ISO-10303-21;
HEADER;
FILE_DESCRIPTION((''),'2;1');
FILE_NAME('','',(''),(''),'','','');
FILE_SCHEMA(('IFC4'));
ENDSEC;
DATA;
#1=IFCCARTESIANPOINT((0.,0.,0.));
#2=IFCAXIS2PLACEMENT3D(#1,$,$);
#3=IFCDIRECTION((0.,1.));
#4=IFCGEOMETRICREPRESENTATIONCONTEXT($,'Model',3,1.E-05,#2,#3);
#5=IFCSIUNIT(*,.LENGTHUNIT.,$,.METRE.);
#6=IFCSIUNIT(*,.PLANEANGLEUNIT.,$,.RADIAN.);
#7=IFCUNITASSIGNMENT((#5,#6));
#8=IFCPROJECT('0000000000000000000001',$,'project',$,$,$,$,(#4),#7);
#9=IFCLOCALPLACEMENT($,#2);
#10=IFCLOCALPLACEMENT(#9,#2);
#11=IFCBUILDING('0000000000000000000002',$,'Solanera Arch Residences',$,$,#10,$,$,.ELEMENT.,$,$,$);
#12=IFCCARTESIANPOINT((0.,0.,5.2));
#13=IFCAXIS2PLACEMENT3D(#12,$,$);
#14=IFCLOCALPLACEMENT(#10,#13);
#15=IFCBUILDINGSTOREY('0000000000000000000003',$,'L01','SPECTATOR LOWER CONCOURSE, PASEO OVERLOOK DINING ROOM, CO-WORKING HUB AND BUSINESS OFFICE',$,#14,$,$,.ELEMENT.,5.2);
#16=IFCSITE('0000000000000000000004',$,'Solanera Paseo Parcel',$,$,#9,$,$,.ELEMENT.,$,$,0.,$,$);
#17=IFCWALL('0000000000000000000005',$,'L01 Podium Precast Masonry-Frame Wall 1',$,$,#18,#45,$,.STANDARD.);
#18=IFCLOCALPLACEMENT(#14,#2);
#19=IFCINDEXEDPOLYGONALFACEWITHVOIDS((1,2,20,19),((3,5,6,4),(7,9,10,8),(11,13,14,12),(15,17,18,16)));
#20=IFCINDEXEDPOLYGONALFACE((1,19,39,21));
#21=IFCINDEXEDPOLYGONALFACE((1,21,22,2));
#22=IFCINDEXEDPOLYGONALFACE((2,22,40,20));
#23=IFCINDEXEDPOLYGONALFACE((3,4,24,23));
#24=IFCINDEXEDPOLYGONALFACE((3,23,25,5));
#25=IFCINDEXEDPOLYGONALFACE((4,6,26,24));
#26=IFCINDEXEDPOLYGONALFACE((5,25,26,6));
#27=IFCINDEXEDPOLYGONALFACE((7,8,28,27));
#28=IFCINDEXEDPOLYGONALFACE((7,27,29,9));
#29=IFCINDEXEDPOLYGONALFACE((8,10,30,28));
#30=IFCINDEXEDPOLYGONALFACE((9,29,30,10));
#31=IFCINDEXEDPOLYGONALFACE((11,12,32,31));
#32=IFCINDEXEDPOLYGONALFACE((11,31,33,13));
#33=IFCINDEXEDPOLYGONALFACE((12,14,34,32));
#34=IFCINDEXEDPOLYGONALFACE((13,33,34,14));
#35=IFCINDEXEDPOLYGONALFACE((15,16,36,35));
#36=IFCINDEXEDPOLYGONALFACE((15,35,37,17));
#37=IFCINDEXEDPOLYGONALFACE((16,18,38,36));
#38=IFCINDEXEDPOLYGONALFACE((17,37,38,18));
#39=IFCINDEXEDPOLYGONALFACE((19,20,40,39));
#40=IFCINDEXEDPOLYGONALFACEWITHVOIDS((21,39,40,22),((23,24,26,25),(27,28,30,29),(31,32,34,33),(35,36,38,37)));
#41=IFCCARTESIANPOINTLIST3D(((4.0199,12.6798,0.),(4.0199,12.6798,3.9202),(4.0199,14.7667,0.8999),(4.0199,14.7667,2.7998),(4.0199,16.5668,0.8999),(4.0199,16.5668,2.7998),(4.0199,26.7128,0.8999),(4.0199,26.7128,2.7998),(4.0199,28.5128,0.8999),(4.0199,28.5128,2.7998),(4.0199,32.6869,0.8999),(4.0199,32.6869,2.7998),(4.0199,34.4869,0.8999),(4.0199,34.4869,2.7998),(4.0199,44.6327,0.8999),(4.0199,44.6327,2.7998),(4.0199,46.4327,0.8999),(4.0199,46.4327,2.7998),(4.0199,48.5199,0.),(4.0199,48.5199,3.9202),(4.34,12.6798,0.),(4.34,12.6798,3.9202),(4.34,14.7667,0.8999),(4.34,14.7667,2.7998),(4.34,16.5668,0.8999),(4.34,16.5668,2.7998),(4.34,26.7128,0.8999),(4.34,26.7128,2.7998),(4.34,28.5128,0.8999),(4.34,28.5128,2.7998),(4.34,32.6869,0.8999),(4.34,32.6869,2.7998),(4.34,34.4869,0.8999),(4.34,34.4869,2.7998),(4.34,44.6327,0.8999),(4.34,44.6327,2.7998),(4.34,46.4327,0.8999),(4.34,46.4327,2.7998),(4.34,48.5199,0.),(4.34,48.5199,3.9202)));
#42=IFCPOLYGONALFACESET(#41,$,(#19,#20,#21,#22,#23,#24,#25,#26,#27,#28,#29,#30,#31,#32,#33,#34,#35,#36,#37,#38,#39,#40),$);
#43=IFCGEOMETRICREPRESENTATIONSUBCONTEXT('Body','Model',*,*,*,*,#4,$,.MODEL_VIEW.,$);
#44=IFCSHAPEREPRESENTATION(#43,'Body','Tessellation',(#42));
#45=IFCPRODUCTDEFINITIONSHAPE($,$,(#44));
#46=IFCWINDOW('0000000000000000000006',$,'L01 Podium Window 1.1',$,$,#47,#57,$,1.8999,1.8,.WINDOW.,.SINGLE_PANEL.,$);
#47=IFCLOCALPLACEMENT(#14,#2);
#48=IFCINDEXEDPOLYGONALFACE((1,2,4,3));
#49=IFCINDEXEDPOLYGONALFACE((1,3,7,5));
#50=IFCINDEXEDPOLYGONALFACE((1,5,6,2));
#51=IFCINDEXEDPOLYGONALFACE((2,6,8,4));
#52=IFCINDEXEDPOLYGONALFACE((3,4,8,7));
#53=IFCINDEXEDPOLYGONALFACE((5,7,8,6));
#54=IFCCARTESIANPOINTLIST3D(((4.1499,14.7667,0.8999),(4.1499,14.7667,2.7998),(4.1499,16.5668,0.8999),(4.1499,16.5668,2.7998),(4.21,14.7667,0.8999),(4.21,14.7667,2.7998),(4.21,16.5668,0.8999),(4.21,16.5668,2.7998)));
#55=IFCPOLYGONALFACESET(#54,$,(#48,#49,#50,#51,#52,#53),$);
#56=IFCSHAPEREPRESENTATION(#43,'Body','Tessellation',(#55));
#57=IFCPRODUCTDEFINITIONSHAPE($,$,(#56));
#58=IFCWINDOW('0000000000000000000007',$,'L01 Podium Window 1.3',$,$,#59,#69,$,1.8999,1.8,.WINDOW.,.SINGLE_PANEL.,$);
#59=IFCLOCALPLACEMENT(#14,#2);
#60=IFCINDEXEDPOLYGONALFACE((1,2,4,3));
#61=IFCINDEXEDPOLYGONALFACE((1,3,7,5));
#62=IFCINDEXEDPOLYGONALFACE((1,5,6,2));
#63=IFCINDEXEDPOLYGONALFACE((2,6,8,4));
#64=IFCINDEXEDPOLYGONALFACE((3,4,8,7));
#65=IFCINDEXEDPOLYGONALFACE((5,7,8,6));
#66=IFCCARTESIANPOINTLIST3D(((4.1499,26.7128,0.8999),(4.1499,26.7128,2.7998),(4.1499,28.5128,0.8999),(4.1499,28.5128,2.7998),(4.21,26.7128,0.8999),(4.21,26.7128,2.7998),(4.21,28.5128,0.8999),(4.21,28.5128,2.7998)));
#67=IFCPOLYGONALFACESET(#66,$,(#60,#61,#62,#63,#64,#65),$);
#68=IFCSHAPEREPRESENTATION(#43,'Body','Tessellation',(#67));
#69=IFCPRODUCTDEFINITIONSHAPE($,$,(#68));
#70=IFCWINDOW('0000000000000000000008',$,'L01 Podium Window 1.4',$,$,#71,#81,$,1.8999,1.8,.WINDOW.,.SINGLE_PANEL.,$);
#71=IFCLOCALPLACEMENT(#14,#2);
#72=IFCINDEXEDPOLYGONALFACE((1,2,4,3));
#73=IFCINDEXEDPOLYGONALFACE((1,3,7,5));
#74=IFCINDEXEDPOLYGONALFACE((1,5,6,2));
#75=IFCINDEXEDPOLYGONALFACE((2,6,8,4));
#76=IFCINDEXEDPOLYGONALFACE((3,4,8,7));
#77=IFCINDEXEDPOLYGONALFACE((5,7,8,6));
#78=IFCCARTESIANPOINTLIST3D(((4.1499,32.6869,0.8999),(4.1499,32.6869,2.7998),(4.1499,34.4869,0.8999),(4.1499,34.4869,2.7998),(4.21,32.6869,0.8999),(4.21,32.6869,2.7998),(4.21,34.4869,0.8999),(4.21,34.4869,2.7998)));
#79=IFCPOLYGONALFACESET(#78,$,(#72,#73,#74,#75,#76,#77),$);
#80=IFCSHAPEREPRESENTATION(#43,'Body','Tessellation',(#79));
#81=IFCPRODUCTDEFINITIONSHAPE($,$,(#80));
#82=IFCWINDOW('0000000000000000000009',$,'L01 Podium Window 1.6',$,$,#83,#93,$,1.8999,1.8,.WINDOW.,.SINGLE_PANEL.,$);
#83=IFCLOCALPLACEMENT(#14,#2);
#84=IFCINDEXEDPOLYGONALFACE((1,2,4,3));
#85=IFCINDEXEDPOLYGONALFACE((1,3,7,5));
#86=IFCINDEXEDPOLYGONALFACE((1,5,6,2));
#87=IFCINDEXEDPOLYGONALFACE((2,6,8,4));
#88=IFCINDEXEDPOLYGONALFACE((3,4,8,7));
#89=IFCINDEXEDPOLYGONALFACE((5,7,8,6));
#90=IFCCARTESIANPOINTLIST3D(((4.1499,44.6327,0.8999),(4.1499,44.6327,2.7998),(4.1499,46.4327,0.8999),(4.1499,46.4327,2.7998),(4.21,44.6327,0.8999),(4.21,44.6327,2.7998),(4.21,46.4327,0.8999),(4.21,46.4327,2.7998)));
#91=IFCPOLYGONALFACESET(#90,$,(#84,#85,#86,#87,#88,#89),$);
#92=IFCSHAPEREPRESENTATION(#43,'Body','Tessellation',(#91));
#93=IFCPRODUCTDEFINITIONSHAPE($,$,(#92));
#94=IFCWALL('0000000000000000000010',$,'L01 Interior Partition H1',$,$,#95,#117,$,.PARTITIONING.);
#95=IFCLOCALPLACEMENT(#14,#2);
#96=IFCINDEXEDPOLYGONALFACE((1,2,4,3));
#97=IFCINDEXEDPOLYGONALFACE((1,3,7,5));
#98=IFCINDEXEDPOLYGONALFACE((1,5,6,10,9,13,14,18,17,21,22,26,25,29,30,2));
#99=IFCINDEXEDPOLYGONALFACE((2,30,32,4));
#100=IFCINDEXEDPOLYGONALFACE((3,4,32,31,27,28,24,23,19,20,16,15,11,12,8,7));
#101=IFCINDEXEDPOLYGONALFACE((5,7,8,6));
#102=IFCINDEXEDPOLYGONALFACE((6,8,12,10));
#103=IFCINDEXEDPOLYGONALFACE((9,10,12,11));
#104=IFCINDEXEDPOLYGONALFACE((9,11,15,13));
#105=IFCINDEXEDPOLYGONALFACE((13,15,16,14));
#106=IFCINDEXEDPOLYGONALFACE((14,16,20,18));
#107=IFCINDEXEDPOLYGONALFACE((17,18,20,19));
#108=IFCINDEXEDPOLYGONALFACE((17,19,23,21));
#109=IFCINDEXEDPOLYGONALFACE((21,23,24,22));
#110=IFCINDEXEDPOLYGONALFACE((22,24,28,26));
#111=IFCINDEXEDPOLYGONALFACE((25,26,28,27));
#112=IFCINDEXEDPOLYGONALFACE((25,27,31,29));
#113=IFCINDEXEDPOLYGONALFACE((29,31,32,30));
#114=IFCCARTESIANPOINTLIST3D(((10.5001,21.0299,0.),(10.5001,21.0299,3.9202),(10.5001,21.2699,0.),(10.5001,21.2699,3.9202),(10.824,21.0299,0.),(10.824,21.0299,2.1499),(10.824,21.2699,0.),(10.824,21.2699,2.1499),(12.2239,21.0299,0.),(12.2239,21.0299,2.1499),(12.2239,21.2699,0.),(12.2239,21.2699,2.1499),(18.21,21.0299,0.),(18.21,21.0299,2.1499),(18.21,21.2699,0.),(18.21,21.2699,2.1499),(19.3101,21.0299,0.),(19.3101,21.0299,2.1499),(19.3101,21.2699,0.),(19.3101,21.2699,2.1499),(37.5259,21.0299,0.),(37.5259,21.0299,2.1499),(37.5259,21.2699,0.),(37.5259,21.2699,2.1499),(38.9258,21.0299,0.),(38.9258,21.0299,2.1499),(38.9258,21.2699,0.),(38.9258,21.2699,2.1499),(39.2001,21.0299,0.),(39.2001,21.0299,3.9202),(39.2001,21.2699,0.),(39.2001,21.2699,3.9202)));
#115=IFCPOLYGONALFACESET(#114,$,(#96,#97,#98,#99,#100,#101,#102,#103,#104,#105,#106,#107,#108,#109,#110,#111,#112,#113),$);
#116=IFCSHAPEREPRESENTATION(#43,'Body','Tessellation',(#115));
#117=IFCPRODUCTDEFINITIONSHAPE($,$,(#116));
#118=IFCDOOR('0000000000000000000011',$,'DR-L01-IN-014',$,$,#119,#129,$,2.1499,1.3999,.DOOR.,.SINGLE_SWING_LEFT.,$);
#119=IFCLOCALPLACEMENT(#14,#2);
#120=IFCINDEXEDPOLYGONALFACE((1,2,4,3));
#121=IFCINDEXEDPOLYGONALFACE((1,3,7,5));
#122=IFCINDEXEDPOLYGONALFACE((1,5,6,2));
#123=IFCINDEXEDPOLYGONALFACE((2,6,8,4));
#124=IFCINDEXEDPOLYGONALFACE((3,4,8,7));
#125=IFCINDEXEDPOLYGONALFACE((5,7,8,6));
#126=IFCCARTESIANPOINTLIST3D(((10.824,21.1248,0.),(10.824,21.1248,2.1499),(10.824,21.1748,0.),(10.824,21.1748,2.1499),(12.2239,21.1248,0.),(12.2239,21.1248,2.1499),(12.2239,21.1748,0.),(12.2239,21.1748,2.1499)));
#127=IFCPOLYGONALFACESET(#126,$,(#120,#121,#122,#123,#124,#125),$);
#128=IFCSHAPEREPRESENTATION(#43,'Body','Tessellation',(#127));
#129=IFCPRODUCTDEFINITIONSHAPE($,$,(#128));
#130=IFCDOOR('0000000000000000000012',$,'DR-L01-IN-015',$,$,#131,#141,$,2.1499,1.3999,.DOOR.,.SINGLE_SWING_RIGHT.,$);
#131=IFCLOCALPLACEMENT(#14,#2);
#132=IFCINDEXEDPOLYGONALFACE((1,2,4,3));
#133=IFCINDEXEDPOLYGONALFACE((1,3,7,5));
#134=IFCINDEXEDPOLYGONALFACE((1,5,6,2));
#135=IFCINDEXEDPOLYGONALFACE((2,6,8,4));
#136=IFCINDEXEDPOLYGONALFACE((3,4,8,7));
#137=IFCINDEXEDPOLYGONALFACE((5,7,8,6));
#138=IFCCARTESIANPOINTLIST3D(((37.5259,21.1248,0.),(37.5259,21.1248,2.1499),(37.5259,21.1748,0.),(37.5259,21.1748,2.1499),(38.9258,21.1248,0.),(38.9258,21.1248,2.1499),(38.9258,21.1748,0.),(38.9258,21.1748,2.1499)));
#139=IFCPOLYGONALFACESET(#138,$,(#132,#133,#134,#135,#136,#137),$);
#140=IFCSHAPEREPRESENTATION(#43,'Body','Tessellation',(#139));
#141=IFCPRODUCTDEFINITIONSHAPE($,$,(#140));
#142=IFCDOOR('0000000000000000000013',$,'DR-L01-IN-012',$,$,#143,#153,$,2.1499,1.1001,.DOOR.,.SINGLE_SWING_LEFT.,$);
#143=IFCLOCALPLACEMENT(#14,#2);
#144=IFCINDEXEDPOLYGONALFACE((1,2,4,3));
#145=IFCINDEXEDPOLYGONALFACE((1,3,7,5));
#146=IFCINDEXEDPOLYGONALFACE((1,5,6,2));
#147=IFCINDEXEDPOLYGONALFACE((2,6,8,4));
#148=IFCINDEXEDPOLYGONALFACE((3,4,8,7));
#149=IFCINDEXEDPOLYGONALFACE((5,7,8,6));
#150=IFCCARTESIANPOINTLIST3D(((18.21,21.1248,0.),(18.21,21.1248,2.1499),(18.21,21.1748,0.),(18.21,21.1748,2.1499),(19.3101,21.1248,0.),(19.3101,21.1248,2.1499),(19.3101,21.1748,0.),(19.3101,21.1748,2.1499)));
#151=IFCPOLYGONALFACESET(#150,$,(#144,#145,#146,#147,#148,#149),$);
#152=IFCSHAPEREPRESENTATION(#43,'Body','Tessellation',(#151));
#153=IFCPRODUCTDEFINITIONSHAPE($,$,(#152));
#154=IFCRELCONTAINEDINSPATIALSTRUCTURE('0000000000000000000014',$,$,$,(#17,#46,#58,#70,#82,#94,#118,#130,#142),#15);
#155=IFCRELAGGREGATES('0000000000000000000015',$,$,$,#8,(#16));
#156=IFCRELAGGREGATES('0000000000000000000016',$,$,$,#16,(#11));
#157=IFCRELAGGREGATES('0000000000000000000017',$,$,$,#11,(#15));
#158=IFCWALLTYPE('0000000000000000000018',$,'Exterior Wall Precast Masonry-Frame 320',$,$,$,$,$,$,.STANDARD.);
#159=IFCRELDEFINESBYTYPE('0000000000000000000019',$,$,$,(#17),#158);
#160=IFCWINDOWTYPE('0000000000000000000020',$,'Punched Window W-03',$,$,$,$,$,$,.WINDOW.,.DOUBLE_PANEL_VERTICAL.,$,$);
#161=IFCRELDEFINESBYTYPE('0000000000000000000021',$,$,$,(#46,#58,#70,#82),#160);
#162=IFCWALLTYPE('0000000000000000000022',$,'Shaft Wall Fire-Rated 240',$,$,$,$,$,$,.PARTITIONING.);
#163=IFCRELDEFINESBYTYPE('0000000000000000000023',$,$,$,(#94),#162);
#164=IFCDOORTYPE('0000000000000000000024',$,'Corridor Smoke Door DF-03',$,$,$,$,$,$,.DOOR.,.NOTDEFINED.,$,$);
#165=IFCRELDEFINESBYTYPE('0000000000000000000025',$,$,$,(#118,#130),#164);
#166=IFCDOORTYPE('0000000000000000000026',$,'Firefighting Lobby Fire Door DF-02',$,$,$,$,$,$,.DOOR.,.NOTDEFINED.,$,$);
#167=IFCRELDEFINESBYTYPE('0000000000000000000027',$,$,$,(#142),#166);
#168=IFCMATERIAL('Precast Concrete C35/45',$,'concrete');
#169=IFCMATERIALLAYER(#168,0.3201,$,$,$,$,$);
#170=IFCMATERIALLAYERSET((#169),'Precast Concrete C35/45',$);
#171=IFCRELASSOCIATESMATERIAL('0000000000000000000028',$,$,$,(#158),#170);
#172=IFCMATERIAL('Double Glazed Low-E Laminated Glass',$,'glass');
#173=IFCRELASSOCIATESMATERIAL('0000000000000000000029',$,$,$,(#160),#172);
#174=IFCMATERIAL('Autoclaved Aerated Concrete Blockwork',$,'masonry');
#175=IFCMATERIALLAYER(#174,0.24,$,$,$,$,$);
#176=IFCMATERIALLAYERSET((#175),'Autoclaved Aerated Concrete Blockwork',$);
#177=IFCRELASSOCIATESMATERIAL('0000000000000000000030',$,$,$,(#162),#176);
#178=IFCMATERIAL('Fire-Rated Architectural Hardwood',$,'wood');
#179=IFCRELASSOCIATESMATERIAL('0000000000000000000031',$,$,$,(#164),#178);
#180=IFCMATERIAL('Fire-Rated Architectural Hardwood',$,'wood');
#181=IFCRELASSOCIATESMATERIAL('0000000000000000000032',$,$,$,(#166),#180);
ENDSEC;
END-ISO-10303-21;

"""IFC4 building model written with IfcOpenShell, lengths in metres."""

from ifc_helpers import new_model, si_unit, direction, frame, frame_2d, origin, place, context, subcontext, project, spatial, rectangle, extrude, material, layer, layer_set, type_object, element, fill, save


model = new_model("IFC4")

# Units and contexts
model_context = context("Model", 3, precision=1e-05, world=origin(), true_north=direction((0.0, 1.0)))
body_context = subcontext(model_context, "Body", "Model", "MODEL_VIEW")
ifc_project = project(units=[si_unit("LENGTHUNIT", "METRE"), si_unit("PLANEANGLEUNIT", "RADIAN")], contexts=[model_context])

# Site, building, storey
site_placement = place(None, origin())
site = spatial("IfcSite", under=ifc_project, at=site_placement, Name="Solanera Paseo Parcel", CompositionType="ELEMENT", RefElevation=0.0)
building_placement = place(site_placement, origin())
building = spatial("IfcBuilding", under=site, at=building_placement, Name="Solanera Arch Residences", CompositionType="ELEMENT")
storey_placement = place(building_placement, frame((0.0, 0.0, 5.2)))
storey = spatial("IfcBuildingStorey", under=building, at=storey_placement, Name="L01", Description="SPECTATOR LOWER CONCOURSE, PASEO OVERLOOK DINING ROOM, CO-WORKING HUB AND BUSINESS OFFICE", CompositionType="ELEMENT", Elevation=5.2)

# Wall, openings, windows
ifc_material_1 = material(Name="Precast Concrete C35/45", Category="concrete")
ifc_layer_1 = layer(ifc_material_1, 0.3201)
ifc_layer_set_1 = layer_set([ifc_layer_1], Name="Precast Concrete C35/45")
wall_type_1 = type_object("IfcWallType", Name="Exterior Wall Precast Masonry-Frame 320", PredefinedType="STANDARD", material=ifc_layer_set_1)
wall_1_placement = place(storey_placement, frame((4.1799, 12.6799, 0.0), z_axis=(0.0, 0.0, 1.0), x_axis=(0.0, 1.0, 0.0)))
wall_1 = element("IfcWall", 1, at=wall_1_placement, inside=storey, type_object=wall_type_1, Name="L01 Podium Precast Masonry-Frame Wall 1", PredefinedType="STANDARD", context=body_context, shape_type="SweptSolid", body=[
    extrude(rectangle(XDim=35.8401, YDim=0.3201, at=frame_2d((17.9199, 0.0))), origin(), (0.0, 0.0, 1.0), 3.9202),
])
opening_1_placement = place(wall_1_placement, frame((2.0869, 0.0, 0.8999)))
opening_1 = element("IfcOpeningElement", 2, at=opening_1_placement, cuts=wall_1, PredefinedType="OPENING", context=body_context, shape_type="SweptSolid", body=[
    extrude(rectangle(XDim=1.8, YDim=1.8999, at=frame_2d((0.8999, 0.95))), frame((0.0, 0.1699, 0.0), z_axis=(0.0, -1.0, 0.0), x_axis=(1.0, 0.0, 0.0)), (0.0, 0.0, 1.0), 0.3401),
])
opening_2_placement = place(wall_1_placement, frame((14.033, 0.0, 0.8999)))
opening_2 = element("IfcOpeningElement", 3, at=opening_2_placement, cuts=wall_1, PredefinedType="OPENING", context=body_context, shape_type="SweptSolid", body=[
    extrude(rectangle(XDim=1.8, YDim=1.8999, at=frame_2d((0.8999, 0.95))), frame((0.0, 0.1699, 0.0), z_axis=(0.0, -1.0, 0.0), x_axis=(1.0, 0.0, 0.0)), (0.0, 0.0, 1.0), 0.3401),
])
opening_3_placement = place(wall_1_placement, frame((20.0071, 0.0, 0.8999)))
opening_3 = element("IfcOpeningElement", 4, at=opening_3_placement, cuts=wall_1, PredefinedType="OPENING", context=body_context, shape_type="SweptSolid", body=[
    extrude(rectangle(XDim=1.8, YDim=1.8999, at=frame_2d((0.8999, 0.95))), frame((0.0, 0.1699, 0.0), z_axis=(0.0, -1.0, 0.0), x_axis=(1.0, 0.0, 0.0)), (0.0, 0.0, 1.0), 0.3401),
])
opening_4_placement = place(wall_1_placement, frame((31.9529, 0.0, 0.8999)))
opening_4 = element("IfcOpeningElement", 5, at=opening_4_placement, cuts=wall_1, PredefinedType="OPENING", context=body_context, shape_type="SweptSolid", body=[
    extrude(rectangle(XDim=1.8, YDim=1.8999, at=frame_2d((0.8999, 0.95))), frame((0.0, 0.1699, 0.0), z_axis=(0.0, -1.0, 0.0), x_axis=(1.0, 0.0, 0.0)), (0.0, 0.0, 1.0), 0.3401),
])
ifc_material_2 = material(Name="Double Glazed Low-E Laminated Glass", Category="glass")
window_type = type_object("IfcWindowType", Name="Punched Window W-03", PartitioningType="DOUBLE_PANEL_VERTICAL", PredefinedType="WINDOW", material=ifc_material_2)
window_1_placement = place(opening_1_placement, origin())
window_1 = element("IfcWindow", 6, at=window_1_placement, inside=storey, type_object=window_type, Name="L01 Podium Window 1.1", OverallHeight=1.8999, OverallWidth=1.8, PartitioningType="SINGLE_PANEL", PredefinedType="WINDOW", context=body_context, shape_type="SweptSolid", body=[
    extrude(rectangle(XDim=1.8, YDim=1.8999, at=frame_2d((0.8999, 0.95))), frame((0.0, 0.03, 0.0), z_axis=(0.0, -1.0, 0.0), x_axis=(1.0, 0.0, 0.0)), (0.0, 0.0, 1.0), 0.0601),
])
fill(opening_1, window_1)
window_2_placement = place(opening_2_placement, origin())
window_2 = element("IfcWindow", 7, at=window_2_placement, inside=storey, type_object=window_type, Name="L01 Podium Window 1.3", OverallHeight=1.8999, OverallWidth=1.8, PartitioningType="SINGLE_PANEL", PredefinedType="WINDOW", context=body_context, shape_type="SweptSolid", body=[
    extrude(rectangle(XDim=1.8, YDim=1.8999, at=frame_2d((0.8999, 0.95))), frame((0.0, 0.03, 0.0), z_axis=(0.0, -1.0, 0.0), x_axis=(1.0, 0.0, 0.0)), (0.0, 0.0, 1.0), 0.0601),
])
fill(opening_2, window_2)
window_3_placement = place(opening_3_placement, origin())
window_3 = element("IfcWindow", 8, at=window_3_placement, inside=storey, type_object=window_type, Name="L01 Podium Window 1.4", OverallHeight=1.8999, OverallWidth=1.8, PartitioningType="SINGLE_PANEL", PredefinedType="WINDOW", context=body_context, shape_type="SweptSolid", body=[
    extrude(rectangle(XDim=1.8, YDim=1.8999, at=frame_2d((0.8999, 0.95))), frame((0.0, 0.03, 0.0), z_axis=(0.0, -1.0, 0.0), x_axis=(1.0, 0.0, 0.0)), (0.0, 0.0, 1.0), 0.0601),
])
fill(opening_3, window_3)
window_4_placement = place(opening_4_placement, origin())
window_4 = element("IfcWindow", 9, at=window_4_placement, inside=storey, type_object=window_type, Name="L01 Podium Window 1.6", OverallHeight=1.8999, OverallWidth=1.8, PartitioningType="SINGLE_PANEL", PredefinedType="WINDOW", context=body_context, shape_type="SweptSolid", body=[
    extrude(rectangle(XDim=1.8, YDim=1.8999, at=frame_2d((0.8999, 0.95))), frame((0.0, 0.03, 0.0), z_axis=(0.0, -1.0, 0.0), x_axis=(1.0, 0.0, 0.0)), (0.0, 0.0, 1.0), 0.0601),
])
fill(opening_4, window_4)

# Wall, openings, doors
ifc_material_3 = material(Name="Autoclaved Aerated Concrete Blockwork", Category="masonry")
ifc_layer_2 = layer(ifc_material_3, 0.24)
ifc_layer_set_2 = layer_set([ifc_layer_2], Name="Autoclaved Aerated Concrete Blockwork")
wall_type_2 = type_object("IfcWallType", Name="Shaft Wall Fire-Rated 240", PredefinedType="PARTITIONING", material=ifc_layer_set_2)
wall_2_placement = place(storey_placement, frame((10.5, 21.1499, 0.0), z_axis=(0.0, 0.0, 1.0), x_axis=(1.0, 0.0, 0.0)))
wall_2 = element("IfcWall", 10, at=wall_2_placement, inside=storey, type_object=wall_type_2, Name="L01 Interior Partition H1", PredefinedType="PARTITIONING", context=body_context, shape_type="SweptSolid", body=[
    extrude(rectangle(XDim=28.7, YDim=0.24, at=frame_2d((14.3501, 0.0))), origin(), (0.0, 0.0, 1.0), 3.9202),
])
opening_5_placement = place(wall_2_placement, frame((7.71, 0.0, 0.0)))
opening_5 = element("IfcOpeningElement", 11, at=opening_5_placement, cuts=wall_2, PredefinedType="OPENING", context=body_context, shape_type="SweptSolid", body=[
    extrude(rectangle(XDim=1.1001, YDim=2.1499, at=frame_2d((0.55, 1.075))), frame((0.0, 0.1299, 0.0), z_axis=(0.0, -1.0, 0.0), x_axis=(1.0, 0.0, 0.0)), (0.0, 0.0, 1.0), 0.26),
])
opening_6_placement = place(wall_2_placement, frame((0.324, 0.0, 0.0)))
opening_6 = element("IfcOpeningElement", 12, at=opening_6_placement, cuts=wall_2, PredefinedType="OPENING", context=body_context, shape_type="SweptSolid", body=[
    extrude(rectangle(XDim=1.3999, YDim=2.1499, at=frame_2d((0.7, 1.075))), frame((0.0, 0.1299, 0.0), z_axis=(0.0, -1.0, 0.0), x_axis=(1.0, 0.0, 0.0)), (0.0, 0.0, 1.0), 0.26),
])
opening_7_placement = place(wall_2_placement, frame((27.0259, 0.0, 0.0)))
opening_7 = element("IfcOpeningElement", 13, at=opening_7_placement, cuts=wall_2, PredefinedType="OPENING", context=body_context, shape_type="SweptSolid", body=[
    extrude(rectangle(XDim=1.3999, YDim=2.1499, at=frame_2d((0.7, 1.075))), frame((0.0, 0.1299, 0.0), z_axis=(0.0, -1.0, 0.0), x_axis=(1.0, 0.0, 0.0)), (0.0, 0.0, 1.0), 0.26),
])
ifc_material_4 = material(Name="Fire-Rated Architectural Hardwood", Category="wood")
door_type_1 = type_object("IfcDoorType", Name="Corridor Smoke Door DF-03", OperationType="NOTDEFINED", PredefinedType="DOOR", material=ifc_material_4)
door_1_placement = place(opening_6_placement, origin())
door_1 = element("IfcDoor", 14, at=door_1_placement, inside=storey, type_object=door_type_1, Name="DR-L01-IN-014", OperationType="SINGLE_SWING_LEFT", OverallHeight=2.1499, OverallWidth=1.3999, PredefinedType="DOOR", context=body_context, shape_type="SweptSolid", body=[
    extrude(rectangle(XDim=1.3999, YDim=2.1499, at=frame_2d((0.7, 1.075))), frame((0.0, 0.0249, 0.0), z_axis=(0.0, -1.0, 0.0), x_axis=(1.0, 0.0, 0.0)), (0.0, 0.0, 1.0), 0.05),
])
fill(opening_6, door_1)
door_2_placement = place(opening_7_placement, origin())
door_2 = element("IfcDoor", 15, at=door_2_placement, inside=storey, type_object=door_type_1, Name="DR-L01-IN-015", OperationType="SINGLE_SWING_RIGHT", OverallHeight=2.1499, OverallWidth=1.3999, PredefinedType="DOOR", context=body_context, shape_type="SweptSolid", body=[
    extrude(rectangle(XDim=1.3999, YDim=2.1499, at=frame_2d((0.7, 1.075))), frame((0.0, 0.0249, 0.0), z_axis=(0.0, -1.0, 0.0), x_axis=(1.0, 0.0, 0.0)), (0.0, 0.0, 1.0), 0.05),
])
fill(opening_7, door_2)
ifc_material_5 = material(Name="Fire-Rated Architectural Hardwood", Category="wood")
door_type_2 = type_object("IfcDoorType", Name="Firefighting Lobby Fire Door DF-02", OperationType="NOTDEFINED", PredefinedType="DOOR", material=ifc_material_5)
door_3_placement = place(opening_5_placement, origin())
door_3 = element("IfcDoor", 16, at=door_3_placement, inside=storey, type_object=door_type_2, Name="DR-L01-IN-012", OperationType="SINGLE_SWING_LEFT", OverallHeight=2.1499, OverallWidth=1.1001, PredefinedType="DOOR", context=body_context, shape_type="SweptSolid", body=[
    extrude(rectangle(XDim=1.1001, YDim=2.1499, at=frame_2d((0.55, 1.075))), frame((0.0, 0.0249, 0.0), z_axis=(0.0, -1.0, 0.0), x_axis=(1.0, 0.0, 0.0)), (0.0, 0.0, 1.0), 0.05),
])
fill(opening_5, door_3)

save(model, "model.ifc")
